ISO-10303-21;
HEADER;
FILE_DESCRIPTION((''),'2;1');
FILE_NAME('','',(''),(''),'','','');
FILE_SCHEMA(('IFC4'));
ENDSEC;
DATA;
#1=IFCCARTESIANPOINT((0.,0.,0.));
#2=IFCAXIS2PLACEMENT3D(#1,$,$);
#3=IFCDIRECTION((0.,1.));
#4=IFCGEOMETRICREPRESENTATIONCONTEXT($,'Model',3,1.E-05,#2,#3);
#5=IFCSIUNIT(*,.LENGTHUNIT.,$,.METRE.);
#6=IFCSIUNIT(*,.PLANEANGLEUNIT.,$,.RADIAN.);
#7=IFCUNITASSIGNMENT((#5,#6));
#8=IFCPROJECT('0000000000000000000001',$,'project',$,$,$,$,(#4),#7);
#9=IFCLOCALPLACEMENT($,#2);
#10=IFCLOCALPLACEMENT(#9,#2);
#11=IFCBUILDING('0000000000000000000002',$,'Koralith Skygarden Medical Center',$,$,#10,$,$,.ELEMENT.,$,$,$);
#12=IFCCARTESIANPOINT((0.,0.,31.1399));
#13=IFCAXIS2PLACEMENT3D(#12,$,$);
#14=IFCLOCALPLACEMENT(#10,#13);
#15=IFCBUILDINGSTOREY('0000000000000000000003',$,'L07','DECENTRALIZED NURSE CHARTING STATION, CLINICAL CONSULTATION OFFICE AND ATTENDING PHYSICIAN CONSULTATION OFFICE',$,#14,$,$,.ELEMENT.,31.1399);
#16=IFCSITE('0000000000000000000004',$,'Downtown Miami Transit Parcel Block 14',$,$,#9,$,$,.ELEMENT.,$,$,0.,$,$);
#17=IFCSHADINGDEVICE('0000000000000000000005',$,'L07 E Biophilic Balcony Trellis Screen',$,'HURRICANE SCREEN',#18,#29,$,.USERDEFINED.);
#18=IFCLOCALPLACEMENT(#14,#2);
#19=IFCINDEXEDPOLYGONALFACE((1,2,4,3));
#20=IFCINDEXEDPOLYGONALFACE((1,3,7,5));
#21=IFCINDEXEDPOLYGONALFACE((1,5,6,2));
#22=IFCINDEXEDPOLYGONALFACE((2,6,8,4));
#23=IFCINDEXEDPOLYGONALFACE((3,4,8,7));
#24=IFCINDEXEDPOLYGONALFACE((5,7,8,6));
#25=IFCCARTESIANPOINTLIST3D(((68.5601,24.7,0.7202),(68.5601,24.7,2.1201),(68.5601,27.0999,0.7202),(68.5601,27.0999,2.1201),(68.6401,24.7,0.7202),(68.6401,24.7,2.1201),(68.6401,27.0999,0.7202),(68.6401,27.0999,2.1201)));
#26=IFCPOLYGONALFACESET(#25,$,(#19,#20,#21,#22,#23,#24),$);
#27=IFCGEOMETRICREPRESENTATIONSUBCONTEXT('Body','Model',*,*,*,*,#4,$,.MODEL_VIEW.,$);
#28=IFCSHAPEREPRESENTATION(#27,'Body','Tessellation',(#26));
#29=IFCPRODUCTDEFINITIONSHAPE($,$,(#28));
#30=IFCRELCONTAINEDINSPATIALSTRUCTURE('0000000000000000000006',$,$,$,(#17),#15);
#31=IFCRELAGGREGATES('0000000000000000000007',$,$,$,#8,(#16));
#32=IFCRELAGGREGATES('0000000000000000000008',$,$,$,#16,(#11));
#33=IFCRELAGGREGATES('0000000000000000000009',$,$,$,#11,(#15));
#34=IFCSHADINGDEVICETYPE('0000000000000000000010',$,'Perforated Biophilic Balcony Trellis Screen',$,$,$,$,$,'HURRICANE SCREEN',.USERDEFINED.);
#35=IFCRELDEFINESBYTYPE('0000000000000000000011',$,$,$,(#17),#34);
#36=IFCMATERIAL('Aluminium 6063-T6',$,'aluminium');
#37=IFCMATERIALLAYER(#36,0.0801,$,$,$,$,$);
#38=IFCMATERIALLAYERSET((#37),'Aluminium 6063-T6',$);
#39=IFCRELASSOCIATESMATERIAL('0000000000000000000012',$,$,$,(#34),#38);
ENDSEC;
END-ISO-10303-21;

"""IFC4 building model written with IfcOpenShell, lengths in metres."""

from ifc_helpers import new_model, si_unit, direction, frame, origin, origin_2d, place, context, subcontext, project, spatial, rectangle, extrude, material, layer, layer_set, type_object, element, save


model = new_model("IFC4")

# Units and contexts
model_context = context("Model", 3, precision=1e-05, world=origin(), true_north=direction((0.0, 1.0)))
body_context = subcontext(model_context, "Body", "Model", "MODEL_VIEW")
ifc_project = project(units=[si_unit("LENGTHUNIT", "METRE"), si_unit("PLANEANGLEUNIT", "RADIAN")], contexts=[model_context])

# Site, building, storey
site_placement = place(None, origin())
site = spatial("IfcSite", under=ifc_project, at=site_placement, Name="Downtown Miami Transit Parcel Block 14", CompositionType="ELEMENT", RefElevation=0.0)
building_placement = place(site_placement, origin())
building = spatial("IfcBuilding", under=site, at=building_placement, Name="Koralith Skygarden Medical Center", CompositionType="ELEMENT")
storey_placement = place(building_placement, frame((0.0, 0.0, 31.1399)))
storey = spatial("IfcBuildingStorey", under=building, at=storey_placement, Name="L07", Description="DECENTRALIZED NURSE CHARTING STATION, CLINICAL CONSULTATION OFFICE AND ATTENDING PHYSICIAN CONSULTATION OFFICE", CompositionType="ELEMENT", Elevation=31.1399)

# Shared definitions
ifc_material_1 = material(Name="Aluminium 6063-T6", Category="aluminium")

# Shading device
ifc_layer_1 = layer(ifc_material_1, 0.0801)
ifc_layer_set_1 = layer_set([ifc_layer_1], Name="Aluminium 6063-T6")
shading_device_type = type_object("IfcShadingDeviceType", Name="Perforated Biophilic Balcony Trellis Screen", ElementType="HURRICANE SCREEN", PredefinedType="USERDEFINED", material=ifc_layer_set_1)
shading_device_placement = place(storey_placement, frame((68.6001, 25.8999, 0.7202), z_axis=(0.0, 0.0, 1.0), x_axis=(0.0, 1.0, 0.0)))
element("IfcShadingDevice", 1, at=shading_device_placement, inside=storey, type_object=shading_device_type, Name="L07 E Biophilic Balcony Trellis Screen", ObjectType="HURRICANE SCREEN", PredefinedType="USERDEFINED", context=body_context, shape_type="SweptSolid", body=[
    extrude(rectangle(XDim=2.3999, YDim=0.0801, at=origin_2d()), origin(), (0.0, 0.0, 1.0), 1.3999),
])

save(model, "model.ifc")
